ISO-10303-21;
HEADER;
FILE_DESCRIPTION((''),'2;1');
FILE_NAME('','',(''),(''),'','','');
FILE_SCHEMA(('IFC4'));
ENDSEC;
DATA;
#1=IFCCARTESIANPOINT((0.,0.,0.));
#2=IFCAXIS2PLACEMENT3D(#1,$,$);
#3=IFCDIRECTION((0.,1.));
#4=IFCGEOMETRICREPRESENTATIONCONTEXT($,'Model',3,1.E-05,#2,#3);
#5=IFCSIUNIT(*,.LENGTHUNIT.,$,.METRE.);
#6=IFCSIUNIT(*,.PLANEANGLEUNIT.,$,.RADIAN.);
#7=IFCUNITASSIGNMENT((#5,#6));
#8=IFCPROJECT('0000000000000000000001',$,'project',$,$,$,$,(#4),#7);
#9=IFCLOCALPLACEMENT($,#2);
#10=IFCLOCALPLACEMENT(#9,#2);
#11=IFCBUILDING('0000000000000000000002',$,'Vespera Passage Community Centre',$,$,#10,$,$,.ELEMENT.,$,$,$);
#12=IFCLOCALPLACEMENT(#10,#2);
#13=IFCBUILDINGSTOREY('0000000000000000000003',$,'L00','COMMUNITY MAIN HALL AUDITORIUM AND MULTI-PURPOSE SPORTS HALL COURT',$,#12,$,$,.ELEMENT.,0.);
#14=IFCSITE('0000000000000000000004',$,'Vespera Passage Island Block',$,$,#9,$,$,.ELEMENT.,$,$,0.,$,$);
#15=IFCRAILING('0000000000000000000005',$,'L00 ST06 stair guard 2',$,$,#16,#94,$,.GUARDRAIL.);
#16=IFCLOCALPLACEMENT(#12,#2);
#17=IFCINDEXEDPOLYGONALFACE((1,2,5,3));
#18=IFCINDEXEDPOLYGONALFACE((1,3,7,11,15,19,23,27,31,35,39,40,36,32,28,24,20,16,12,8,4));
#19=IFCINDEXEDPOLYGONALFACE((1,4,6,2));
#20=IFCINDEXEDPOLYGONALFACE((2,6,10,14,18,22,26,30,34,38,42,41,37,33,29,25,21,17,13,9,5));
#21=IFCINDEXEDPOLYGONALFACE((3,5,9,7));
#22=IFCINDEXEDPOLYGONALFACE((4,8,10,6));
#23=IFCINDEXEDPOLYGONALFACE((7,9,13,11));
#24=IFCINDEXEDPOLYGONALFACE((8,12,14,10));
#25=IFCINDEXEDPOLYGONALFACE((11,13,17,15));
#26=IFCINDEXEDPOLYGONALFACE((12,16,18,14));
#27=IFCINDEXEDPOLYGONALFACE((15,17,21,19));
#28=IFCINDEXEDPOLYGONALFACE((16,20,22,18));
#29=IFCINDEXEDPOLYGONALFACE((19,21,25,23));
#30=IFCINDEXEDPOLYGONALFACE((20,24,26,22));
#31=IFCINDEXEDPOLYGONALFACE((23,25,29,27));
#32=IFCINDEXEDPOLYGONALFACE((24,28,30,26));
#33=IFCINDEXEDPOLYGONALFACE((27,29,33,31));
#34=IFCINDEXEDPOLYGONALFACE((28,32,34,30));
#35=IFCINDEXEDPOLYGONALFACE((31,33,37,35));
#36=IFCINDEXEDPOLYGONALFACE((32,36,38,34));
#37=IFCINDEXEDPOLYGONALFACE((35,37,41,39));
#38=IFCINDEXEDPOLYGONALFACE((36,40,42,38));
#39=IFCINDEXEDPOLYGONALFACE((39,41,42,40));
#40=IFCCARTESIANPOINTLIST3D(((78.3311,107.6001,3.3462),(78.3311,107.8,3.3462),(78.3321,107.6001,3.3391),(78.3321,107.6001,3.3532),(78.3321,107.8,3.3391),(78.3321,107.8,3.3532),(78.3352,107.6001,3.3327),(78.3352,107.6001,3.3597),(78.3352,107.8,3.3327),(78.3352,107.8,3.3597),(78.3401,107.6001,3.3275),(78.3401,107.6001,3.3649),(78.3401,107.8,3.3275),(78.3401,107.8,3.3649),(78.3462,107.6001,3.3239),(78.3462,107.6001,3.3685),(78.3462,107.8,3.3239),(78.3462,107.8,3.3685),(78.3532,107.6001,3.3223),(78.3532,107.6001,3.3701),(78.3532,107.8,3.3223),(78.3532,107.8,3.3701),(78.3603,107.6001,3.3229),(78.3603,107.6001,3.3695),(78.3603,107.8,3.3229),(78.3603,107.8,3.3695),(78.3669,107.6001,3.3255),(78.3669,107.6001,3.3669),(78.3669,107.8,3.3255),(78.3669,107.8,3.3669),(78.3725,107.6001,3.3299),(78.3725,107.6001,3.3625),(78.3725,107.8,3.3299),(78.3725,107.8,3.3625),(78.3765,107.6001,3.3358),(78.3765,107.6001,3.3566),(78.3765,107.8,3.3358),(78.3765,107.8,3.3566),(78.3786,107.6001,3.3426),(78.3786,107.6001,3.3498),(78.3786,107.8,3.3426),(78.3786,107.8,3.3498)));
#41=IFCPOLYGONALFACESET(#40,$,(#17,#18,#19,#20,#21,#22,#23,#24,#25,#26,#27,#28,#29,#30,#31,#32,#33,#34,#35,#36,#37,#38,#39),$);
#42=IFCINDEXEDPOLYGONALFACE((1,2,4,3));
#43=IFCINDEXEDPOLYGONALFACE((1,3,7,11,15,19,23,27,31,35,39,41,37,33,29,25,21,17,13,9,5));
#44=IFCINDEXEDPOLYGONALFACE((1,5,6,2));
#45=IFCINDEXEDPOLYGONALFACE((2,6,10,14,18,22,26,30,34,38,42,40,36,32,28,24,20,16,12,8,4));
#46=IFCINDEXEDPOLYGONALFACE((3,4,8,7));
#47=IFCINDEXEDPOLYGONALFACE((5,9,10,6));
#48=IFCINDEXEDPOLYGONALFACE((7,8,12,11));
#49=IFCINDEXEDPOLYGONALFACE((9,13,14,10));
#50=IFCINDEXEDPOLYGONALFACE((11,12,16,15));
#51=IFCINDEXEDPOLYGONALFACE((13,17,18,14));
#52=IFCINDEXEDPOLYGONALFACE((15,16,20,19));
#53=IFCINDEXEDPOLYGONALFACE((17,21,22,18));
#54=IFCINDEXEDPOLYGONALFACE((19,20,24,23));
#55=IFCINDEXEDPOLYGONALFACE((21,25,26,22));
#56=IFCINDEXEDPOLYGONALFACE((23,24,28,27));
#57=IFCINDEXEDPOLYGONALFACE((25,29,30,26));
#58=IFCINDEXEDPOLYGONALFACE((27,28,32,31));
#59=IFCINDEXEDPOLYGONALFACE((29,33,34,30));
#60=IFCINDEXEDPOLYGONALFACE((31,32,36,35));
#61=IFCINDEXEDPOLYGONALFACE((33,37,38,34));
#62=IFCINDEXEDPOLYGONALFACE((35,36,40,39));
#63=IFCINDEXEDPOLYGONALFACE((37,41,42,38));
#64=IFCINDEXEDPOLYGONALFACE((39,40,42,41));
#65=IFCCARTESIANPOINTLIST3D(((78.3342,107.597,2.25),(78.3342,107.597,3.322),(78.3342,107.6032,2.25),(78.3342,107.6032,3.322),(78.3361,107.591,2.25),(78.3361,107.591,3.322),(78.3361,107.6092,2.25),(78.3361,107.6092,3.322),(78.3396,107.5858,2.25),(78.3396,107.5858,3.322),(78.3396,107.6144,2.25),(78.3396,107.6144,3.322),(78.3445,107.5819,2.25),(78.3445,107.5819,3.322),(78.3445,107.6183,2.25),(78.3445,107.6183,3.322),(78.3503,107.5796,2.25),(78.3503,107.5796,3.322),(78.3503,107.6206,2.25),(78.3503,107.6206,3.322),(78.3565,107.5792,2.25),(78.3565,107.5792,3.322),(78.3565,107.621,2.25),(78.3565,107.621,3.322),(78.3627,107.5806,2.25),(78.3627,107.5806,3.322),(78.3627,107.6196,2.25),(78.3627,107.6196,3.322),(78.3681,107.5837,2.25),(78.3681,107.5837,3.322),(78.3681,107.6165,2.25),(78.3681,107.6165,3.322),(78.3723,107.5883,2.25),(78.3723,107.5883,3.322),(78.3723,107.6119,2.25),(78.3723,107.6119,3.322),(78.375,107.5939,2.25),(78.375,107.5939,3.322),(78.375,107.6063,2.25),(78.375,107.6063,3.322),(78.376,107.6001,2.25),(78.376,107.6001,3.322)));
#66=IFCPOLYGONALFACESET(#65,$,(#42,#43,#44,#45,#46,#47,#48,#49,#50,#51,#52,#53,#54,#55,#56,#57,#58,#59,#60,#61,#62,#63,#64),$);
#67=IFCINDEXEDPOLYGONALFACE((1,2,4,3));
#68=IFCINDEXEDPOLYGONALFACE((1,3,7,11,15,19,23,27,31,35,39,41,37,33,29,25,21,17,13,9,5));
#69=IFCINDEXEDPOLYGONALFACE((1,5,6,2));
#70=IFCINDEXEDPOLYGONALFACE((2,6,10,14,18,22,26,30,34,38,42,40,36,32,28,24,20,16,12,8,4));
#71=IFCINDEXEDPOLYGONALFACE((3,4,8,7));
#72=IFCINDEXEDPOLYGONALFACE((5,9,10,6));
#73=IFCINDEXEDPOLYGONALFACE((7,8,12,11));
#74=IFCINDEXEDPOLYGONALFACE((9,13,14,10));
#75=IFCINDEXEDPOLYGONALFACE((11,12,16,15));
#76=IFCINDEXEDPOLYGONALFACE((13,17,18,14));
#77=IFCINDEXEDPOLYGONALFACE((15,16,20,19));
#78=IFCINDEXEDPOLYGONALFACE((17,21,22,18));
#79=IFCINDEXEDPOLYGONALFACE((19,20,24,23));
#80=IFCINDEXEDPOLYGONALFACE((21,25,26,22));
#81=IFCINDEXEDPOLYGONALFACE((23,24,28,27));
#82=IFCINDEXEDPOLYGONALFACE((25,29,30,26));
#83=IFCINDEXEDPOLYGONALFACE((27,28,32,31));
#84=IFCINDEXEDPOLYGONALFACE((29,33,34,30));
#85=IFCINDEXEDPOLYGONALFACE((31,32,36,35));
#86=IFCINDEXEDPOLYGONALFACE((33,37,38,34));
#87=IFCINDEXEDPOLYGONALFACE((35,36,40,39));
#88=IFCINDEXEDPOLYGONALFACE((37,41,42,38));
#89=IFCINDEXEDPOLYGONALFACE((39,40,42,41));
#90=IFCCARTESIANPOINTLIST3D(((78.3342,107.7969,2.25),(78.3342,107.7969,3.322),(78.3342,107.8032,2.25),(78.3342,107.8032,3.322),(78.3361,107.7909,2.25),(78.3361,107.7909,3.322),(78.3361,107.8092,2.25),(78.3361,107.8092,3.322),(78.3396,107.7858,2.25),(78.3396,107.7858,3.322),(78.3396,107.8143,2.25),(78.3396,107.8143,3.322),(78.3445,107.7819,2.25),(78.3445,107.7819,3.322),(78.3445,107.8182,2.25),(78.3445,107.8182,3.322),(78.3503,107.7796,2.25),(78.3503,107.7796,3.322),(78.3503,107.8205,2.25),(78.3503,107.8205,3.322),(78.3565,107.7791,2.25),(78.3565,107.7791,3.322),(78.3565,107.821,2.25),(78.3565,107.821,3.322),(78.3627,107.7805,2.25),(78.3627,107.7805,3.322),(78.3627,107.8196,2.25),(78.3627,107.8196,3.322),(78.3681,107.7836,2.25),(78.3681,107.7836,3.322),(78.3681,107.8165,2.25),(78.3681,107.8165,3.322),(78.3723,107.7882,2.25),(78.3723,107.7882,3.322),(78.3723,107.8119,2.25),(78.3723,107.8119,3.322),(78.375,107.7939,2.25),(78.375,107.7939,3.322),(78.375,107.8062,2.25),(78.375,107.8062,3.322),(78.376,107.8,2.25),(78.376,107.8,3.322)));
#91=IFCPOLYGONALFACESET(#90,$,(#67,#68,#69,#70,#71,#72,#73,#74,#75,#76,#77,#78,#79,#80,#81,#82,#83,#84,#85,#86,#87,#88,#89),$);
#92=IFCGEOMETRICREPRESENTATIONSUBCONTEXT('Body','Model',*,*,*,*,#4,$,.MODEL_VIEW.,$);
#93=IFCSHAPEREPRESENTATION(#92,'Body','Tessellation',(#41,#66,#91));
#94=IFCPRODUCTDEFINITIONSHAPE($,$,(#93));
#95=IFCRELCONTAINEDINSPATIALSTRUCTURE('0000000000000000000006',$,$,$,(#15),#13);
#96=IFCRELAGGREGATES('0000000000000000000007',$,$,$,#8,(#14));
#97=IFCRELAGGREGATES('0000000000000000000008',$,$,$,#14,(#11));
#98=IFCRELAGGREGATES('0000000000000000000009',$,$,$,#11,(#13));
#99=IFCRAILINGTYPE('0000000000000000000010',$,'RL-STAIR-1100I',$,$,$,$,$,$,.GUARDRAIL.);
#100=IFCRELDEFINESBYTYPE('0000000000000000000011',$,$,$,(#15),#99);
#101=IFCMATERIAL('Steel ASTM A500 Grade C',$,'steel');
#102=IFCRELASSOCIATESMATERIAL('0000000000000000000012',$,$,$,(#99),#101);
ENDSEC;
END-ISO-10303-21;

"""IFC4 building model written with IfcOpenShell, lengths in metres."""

from ifc_helpers import new_model, si_unit, direction, frame, origin, origin_2d, place, context, subcontext, project, spatial, circle, extrude, material, type_object, element, save


model = new_model("IFC4")

# Units and contexts
model_context = context("Model", 3, precision=1e-05, world=origin(), true_north=direction((0.0, 1.0)))
body_context = subcontext(model_context, "Body", "Model", "MODEL_VIEW")
ifc_project = project(units=[si_unit("LENGTHUNIT", "METRE"), si_unit("PLANEANGLEUNIT", "RADIAN")], contexts=[model_context])

# Site, building, storey
site_placement = place(None, origin())
site = spatial("IfcSite", under=ifc_project, at=site_placement, Name="Vespera Passage Island Block", CompositionType="ELEMENT", RefElevation=0.0)
building_placement = place(site_placement, origin())
building = spatial("IfcBuilding", under=site, at=building_placement, Name="Vespera Passage Community Centre", CompositionType="ELEMENT")
storey_placement = place(building_placement, origin())
storey = spatial("IfcBuildingStorey", under=building, at=storey_placement, Name="L00", Description="COMMUNITY MAIN HALL AUDITORIUM AND MULTI-PURPOSE SPORTS HALL COURT", CompositionType="ELEMENT", Elevation=0.0)

# Railing
ifc_material_1 = material(Name="Steel ASTM A500 Grade C", Category="steel")
railing_type_1 = type_object("IfcRailingType", Name="RL-STAIR-1100I", PredefinedType="GUARDRAIL", material=ifc_material_1)
railing_1_placement = place(storey_placement, frame((78.355, 107.6001, 2.25)))
element("IfcRailing", 1, at=railing_1_placement, inside=storey, type_object=railing_type_1, Name="L00 ST06 stair guard 2", PredefinedType="GUARDRAIL", context=body_context, shape_type="SweptSolid", body=[
    extrude(circle(Radius=0.0239, at=origin_2d()), frame((0.0, 0.0, 1.0962), z_axis=(0.0, 1.0, 0.0), x_axis=(-1.0, 0.0, 0.0)), (0.0, 0.0, 1.0), 0.2),
    extrude(circle(Radius=0.021, at=origin_2d()), origin(), (0.0, 0.0, 1.0), 1.072),
    extrude(circle(Radius=0.021, at=origin_2d()), frame((0.0, 0.2, 0.0)), (0.0, 0.0, 1.0), 1.072),
])

save(model, "model.ifc")
